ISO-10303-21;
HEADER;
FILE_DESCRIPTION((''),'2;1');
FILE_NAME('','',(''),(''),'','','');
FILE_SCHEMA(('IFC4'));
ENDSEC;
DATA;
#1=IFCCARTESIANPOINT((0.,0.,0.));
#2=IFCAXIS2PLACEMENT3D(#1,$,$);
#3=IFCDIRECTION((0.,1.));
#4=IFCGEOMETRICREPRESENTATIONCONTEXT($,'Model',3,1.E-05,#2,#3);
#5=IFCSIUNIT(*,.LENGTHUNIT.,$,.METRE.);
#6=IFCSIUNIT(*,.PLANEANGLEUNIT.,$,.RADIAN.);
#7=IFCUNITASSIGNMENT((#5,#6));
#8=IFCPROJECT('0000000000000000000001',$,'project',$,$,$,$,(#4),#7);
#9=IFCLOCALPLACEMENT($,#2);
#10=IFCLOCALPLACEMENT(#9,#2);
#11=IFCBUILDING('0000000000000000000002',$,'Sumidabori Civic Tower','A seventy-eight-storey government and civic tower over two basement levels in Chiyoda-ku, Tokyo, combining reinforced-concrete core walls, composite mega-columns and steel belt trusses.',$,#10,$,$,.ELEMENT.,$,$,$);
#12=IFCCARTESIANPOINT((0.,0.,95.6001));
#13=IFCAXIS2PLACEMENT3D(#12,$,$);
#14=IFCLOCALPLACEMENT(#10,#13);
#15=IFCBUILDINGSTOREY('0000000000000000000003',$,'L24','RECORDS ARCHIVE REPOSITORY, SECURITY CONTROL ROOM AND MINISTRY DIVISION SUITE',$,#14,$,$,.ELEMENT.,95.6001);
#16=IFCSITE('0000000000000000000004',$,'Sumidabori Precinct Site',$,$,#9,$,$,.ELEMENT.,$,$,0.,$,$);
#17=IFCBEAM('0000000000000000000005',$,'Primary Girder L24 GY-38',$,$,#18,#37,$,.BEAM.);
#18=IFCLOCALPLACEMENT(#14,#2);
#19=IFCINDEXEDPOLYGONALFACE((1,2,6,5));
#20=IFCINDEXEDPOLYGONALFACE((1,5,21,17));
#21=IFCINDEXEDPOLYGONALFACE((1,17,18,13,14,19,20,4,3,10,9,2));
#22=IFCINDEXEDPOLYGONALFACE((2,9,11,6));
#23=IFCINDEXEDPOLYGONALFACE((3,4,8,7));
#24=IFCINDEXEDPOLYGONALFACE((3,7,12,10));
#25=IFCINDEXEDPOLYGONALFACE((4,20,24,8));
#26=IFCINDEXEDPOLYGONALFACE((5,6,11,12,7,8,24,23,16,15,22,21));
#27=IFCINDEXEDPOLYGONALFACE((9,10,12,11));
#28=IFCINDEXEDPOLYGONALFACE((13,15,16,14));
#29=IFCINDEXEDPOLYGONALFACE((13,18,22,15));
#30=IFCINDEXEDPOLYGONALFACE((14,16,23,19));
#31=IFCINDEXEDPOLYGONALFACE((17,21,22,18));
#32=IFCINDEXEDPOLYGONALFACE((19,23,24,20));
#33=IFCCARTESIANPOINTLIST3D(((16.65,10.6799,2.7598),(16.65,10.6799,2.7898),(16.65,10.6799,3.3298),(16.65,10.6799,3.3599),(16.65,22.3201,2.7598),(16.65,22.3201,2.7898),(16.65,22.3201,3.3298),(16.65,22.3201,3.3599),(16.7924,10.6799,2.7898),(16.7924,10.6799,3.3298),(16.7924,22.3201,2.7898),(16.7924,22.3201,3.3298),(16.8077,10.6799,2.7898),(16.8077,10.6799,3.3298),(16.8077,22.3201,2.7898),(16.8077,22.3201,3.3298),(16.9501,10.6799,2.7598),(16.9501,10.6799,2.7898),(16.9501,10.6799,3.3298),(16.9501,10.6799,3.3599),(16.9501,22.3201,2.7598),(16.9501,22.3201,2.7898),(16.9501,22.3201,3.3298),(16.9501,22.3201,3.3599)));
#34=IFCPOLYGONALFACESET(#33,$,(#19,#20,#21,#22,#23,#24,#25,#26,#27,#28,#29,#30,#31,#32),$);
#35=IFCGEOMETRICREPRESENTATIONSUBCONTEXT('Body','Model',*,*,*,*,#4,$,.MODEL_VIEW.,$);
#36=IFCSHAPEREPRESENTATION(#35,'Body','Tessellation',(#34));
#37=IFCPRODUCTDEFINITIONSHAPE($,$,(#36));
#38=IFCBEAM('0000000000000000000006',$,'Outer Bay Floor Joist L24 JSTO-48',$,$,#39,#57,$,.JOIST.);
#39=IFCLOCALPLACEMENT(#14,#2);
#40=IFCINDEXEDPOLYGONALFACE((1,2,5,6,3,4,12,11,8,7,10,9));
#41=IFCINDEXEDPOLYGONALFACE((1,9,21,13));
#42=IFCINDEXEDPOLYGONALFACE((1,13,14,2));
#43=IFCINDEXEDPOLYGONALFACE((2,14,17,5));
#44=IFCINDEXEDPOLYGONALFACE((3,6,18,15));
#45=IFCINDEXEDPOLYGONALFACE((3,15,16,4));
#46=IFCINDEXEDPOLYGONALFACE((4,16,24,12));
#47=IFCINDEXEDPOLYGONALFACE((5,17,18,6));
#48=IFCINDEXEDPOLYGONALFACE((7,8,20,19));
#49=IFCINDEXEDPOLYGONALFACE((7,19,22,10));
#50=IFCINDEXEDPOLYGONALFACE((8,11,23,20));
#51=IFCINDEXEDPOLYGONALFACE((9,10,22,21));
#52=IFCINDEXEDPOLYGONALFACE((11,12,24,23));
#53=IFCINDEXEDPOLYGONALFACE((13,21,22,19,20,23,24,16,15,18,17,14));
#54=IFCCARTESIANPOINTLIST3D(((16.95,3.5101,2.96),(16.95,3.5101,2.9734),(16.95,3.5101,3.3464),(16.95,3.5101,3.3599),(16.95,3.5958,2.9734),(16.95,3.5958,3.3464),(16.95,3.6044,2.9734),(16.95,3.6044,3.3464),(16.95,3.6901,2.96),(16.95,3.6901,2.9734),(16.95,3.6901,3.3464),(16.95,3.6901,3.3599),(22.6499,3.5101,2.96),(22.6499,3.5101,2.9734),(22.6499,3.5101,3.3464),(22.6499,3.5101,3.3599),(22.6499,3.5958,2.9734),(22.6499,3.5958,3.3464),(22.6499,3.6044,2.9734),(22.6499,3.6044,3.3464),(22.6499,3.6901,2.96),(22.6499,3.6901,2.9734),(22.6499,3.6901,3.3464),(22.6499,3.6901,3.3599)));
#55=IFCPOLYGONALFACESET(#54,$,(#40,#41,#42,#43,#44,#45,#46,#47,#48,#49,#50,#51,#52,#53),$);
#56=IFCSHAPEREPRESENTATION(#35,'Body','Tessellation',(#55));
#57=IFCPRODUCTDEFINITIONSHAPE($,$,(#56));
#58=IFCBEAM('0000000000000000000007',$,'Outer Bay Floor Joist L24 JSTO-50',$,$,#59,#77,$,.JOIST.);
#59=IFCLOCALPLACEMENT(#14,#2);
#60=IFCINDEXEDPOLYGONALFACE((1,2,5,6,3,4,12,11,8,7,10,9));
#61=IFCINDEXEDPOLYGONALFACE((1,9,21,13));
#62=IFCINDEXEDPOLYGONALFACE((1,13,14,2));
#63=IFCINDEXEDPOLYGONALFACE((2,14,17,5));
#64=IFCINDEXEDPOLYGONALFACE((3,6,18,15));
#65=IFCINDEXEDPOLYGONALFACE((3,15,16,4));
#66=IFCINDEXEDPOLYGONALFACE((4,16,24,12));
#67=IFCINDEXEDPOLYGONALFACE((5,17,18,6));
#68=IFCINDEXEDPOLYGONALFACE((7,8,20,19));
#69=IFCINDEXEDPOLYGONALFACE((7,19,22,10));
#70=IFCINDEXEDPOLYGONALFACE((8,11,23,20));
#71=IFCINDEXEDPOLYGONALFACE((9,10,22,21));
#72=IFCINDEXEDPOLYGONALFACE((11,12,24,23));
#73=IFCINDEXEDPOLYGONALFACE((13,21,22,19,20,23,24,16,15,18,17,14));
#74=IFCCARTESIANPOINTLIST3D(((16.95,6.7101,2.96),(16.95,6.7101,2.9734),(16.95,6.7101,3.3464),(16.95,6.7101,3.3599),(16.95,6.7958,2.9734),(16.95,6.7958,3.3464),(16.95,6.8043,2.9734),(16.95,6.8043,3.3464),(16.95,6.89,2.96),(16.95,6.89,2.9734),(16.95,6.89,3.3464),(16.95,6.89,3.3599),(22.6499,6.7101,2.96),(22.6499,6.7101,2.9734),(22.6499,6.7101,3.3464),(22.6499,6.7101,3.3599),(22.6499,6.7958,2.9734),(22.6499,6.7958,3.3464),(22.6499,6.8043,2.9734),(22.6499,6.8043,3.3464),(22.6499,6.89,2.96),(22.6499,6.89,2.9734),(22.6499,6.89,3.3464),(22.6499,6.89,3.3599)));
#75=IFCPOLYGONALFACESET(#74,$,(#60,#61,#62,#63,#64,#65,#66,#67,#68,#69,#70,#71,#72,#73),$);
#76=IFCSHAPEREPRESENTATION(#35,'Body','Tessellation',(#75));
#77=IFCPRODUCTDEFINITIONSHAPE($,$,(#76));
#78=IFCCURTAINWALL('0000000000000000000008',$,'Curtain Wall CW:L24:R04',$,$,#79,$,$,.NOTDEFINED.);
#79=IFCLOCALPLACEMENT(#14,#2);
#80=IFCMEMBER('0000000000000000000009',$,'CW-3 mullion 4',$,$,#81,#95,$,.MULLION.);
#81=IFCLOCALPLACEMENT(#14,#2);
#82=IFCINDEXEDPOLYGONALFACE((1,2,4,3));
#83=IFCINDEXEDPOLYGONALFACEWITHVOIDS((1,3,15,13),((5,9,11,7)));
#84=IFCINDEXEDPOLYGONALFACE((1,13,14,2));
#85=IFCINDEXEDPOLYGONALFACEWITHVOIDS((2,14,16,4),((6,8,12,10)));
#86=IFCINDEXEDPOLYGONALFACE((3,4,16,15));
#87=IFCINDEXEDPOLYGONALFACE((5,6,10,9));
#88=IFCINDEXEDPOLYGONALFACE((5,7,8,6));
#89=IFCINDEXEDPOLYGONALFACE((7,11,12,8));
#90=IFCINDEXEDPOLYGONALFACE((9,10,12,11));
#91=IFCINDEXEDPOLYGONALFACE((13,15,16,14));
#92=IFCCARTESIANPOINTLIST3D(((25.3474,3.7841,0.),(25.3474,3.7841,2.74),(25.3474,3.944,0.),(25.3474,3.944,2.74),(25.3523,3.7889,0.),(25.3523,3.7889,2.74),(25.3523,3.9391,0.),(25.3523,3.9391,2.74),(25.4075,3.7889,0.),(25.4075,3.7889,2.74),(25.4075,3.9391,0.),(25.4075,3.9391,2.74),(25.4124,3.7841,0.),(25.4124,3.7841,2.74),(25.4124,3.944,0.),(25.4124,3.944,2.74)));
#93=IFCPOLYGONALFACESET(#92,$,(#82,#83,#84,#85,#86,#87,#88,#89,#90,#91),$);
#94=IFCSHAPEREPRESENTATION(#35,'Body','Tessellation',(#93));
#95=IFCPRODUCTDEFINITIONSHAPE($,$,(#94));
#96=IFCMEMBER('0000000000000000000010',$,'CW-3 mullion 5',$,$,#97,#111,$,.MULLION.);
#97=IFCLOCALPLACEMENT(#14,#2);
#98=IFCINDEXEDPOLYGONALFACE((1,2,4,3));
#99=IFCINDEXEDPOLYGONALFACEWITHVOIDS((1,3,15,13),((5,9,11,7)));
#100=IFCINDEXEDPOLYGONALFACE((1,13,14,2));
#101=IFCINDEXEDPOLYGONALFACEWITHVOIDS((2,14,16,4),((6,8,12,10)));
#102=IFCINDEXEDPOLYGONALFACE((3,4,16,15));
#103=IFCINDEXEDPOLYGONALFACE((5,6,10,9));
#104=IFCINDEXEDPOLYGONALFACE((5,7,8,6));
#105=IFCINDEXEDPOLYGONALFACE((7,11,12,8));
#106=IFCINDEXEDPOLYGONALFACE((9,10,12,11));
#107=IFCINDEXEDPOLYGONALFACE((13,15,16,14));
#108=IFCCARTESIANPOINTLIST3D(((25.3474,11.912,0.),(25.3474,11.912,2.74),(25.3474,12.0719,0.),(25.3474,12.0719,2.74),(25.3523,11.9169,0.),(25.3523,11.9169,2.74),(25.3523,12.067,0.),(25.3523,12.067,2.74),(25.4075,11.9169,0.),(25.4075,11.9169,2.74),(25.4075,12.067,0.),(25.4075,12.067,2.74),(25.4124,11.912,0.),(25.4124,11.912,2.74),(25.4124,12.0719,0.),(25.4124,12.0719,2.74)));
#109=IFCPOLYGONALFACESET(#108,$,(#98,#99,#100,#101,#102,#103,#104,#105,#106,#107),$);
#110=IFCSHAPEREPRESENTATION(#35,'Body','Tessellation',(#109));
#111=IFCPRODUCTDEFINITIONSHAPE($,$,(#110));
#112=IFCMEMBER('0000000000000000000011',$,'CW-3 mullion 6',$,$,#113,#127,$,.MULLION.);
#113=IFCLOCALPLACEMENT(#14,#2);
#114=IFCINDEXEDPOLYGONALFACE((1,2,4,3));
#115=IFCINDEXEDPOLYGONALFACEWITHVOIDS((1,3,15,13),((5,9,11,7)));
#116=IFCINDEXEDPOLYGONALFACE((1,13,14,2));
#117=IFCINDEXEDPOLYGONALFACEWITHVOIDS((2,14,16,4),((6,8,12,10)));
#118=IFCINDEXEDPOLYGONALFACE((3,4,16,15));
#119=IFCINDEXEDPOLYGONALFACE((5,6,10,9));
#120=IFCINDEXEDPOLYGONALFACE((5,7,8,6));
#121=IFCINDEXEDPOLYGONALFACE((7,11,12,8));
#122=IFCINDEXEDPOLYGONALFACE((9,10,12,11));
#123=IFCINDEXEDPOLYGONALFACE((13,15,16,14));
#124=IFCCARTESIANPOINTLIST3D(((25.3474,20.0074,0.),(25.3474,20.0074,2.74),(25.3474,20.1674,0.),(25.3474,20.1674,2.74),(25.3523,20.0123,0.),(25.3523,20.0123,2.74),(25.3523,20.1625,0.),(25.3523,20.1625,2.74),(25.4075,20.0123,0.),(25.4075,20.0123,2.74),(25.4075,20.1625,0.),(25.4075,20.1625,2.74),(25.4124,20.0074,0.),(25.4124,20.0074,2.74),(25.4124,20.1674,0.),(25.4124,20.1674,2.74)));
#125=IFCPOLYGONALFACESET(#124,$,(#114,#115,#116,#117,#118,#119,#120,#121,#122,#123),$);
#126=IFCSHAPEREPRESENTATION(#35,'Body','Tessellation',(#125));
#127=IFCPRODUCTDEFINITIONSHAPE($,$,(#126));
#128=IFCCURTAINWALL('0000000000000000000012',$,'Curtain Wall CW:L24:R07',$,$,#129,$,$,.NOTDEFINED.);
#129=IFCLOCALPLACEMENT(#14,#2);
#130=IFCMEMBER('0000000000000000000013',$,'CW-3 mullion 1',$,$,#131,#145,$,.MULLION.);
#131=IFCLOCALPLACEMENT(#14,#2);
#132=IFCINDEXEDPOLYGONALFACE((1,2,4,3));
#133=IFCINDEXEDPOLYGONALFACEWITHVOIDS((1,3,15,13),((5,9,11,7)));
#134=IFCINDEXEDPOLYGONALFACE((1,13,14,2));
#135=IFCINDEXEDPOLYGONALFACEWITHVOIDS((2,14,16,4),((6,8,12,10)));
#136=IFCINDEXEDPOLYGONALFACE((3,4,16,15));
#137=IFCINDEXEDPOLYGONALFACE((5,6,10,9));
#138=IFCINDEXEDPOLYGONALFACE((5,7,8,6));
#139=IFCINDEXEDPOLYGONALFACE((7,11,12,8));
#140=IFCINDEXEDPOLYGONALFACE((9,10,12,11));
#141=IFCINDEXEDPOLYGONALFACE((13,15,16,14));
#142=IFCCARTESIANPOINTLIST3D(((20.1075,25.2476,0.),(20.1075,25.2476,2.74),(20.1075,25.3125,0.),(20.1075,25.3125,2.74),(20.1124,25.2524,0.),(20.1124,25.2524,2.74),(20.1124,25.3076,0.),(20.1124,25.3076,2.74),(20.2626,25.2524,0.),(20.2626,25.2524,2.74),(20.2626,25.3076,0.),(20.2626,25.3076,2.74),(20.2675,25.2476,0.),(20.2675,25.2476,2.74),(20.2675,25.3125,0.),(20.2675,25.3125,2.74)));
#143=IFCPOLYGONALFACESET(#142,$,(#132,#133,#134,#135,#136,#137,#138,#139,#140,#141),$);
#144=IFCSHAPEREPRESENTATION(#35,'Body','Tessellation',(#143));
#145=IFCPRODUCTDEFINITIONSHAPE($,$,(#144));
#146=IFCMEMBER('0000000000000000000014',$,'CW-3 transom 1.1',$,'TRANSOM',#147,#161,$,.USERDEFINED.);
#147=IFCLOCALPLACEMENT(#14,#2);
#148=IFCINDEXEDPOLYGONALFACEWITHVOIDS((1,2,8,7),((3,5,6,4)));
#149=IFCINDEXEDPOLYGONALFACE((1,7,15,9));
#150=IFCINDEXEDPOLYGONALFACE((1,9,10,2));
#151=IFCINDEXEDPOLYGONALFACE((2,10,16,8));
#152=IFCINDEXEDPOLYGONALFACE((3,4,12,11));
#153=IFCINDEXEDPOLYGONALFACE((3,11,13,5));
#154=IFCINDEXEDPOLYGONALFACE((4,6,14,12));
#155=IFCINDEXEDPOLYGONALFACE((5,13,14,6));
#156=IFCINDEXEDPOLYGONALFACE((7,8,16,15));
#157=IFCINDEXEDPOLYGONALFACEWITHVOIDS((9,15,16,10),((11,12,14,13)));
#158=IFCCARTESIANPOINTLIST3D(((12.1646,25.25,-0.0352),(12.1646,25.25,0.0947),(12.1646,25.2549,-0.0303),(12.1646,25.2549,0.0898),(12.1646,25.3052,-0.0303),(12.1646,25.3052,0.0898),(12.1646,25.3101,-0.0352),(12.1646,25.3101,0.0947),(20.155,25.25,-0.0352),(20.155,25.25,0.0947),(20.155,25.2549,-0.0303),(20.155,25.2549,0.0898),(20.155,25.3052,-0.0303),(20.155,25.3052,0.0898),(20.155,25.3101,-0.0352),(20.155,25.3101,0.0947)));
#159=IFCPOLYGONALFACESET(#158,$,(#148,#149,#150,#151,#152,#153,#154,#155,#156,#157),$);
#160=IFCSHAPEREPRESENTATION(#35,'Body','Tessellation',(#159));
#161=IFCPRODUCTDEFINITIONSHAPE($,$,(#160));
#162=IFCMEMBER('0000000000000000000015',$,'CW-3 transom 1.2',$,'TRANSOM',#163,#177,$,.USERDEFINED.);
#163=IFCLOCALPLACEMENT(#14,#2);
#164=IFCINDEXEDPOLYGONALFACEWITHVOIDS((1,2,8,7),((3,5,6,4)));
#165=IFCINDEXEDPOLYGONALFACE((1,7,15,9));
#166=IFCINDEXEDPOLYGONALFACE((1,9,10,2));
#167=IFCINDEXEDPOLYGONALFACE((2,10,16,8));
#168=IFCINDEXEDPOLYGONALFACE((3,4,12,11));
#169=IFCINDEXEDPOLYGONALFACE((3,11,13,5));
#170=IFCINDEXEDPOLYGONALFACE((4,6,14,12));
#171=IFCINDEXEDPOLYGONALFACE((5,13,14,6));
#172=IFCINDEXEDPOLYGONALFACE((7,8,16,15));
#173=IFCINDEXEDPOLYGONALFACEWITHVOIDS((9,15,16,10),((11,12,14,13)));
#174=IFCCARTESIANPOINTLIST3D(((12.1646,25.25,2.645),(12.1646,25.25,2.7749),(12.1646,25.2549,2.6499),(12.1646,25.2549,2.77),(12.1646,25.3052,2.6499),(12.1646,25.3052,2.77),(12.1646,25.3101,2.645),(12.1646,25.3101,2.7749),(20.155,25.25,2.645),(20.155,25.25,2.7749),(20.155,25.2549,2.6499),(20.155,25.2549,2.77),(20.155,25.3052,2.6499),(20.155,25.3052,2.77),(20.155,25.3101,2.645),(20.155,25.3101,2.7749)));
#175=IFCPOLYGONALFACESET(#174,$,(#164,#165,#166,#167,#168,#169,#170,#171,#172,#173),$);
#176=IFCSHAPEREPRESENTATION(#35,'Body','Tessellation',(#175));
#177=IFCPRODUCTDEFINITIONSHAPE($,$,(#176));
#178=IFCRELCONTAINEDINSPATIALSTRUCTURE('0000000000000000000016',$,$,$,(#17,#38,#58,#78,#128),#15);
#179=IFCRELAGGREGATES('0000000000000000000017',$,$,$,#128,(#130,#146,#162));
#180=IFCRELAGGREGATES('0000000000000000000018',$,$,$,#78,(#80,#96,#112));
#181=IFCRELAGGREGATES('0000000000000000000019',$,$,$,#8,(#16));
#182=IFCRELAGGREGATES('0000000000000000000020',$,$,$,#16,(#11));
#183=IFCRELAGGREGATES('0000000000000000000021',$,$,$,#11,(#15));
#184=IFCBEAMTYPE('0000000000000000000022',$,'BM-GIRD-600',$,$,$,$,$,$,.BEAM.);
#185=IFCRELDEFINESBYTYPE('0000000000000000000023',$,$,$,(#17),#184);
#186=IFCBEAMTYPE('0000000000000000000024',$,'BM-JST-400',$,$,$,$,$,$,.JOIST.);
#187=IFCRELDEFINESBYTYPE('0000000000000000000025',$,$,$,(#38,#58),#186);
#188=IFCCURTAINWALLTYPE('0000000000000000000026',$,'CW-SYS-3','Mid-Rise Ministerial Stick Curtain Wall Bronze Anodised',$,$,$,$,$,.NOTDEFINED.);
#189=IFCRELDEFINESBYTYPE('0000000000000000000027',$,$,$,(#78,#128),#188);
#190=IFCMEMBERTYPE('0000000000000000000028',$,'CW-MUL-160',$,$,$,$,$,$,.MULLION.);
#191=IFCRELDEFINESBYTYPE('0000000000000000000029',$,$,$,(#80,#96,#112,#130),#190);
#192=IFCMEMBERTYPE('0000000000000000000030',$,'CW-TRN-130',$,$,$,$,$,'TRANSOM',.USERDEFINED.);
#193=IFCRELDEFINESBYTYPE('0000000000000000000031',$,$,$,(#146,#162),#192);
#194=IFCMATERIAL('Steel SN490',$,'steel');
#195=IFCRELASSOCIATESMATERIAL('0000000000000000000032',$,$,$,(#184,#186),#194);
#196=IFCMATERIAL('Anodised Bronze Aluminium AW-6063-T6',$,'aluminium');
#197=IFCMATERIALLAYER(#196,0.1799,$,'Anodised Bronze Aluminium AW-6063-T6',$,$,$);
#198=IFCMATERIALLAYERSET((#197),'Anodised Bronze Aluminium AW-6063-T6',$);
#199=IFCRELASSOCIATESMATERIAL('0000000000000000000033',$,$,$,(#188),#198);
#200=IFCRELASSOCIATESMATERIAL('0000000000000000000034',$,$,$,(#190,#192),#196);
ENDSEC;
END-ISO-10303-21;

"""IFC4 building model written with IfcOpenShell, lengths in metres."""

from ifc_helpers import new_model, si_unit, direction, frame, origin, origin_2d, place, context, subcontext, project, spatial, hollow_rectangle, i_section, extrude, source, transform, mapped, material, layer, layer_set, material_profile, profile_set, type_object, element, aggregate, save


model = new_model("IFC4")

# Units and contexts
model_context = context("Model", 3, precision=1e-05, world=origin(), true_north=direction((0.0, 1.0)))
body_context = subcontext(model_context, "Body", "Model", "MODEL_VIEW")
ifc_project = project(units=[si_unit("LENGTHUNIT", "METRE"), si_unit("PLANEANGLEUNIT", "RADIAN")], contexts=[model_context])

# Site, building, storey
site_placement = place(None, origin())
site = spatial("IfcSite", under=ifc_project, at=site_placement, Name="Sumidabori Precinct Site", CompositionType="ELEMENT", RefElevation=0.0)
building_placement = place(site_placement, origin())
building = spatial("IfcBuilding", under=site, at=building_placement, Name="Sumidabori Civic Tower", Description="A seventy-eight-storey government and civic tower over two basement levels in Chiyoda-ku, Tokyo, combining reinforced-concrete core walls, composite mega-columns and steel belt trusses.", CompositionType="ELEMENT")
storey_placement = place(building_placement, frame((0.0, 0.0, 95.6001)))
storey = spatial("IfcBuildingStorey", under=building, at=storey_placement, Name="L24", Description="RECORDS ARCHIVE REPOSITORY, SECURITY CONTROL ROOM AND MINISTRY DIVISION SUITE", CompositionType="ELEMENT", Elevation=95.6001)

# Beams
ifc_material_1 = material(Name="Steel SN490", Category="steel")
ifc_material_profile_1 = material_profile(ifc_material_1, i_section(OverallWidth=0.3, OverallDepth=0.6001, WebThickness=0.0154, FlangeThickness=0.03, at=origin_2d()), Name="HE 600 B")
ifc_profile_set_1 = profile_set([ifc_material_profile_1], Name="Steel SN490")
beam_type_1 = type_object("IfcBeamType", Name="BM-GIRD-600", PredefinedType="BEAM", material=ifc_profile_set_1)
shared_shape_1 = source(origin(), body_context, "Body", "SweptSolid", [
    extrude(i_section(OverallWidth=0.3, OverallDepth=0.6001, WebThickness=0.0154, FlangeThickness=0.03, at=origin_2d()), origin(), (0.0, 0.0, 1.0), 11.6401),
])
beam_1_placement = place(storey_placement, frame((16.8, 10.6799, 3.0598), z_axis=(0.0, 1.0, 0.0), x_axis=(-1.0, 0.0, 0.0)))
element("IfcBeam", 1, at=beam_1_placement, inside=storey, type_object=beam_type_1, Name="Primary Girder L24 GY-38", PredefinedType="BEAM", context=body_context, shape_type="MappedRepresentation", body=[
    mapped(shared_shape_1, transform((0.0, 0.0, 0.0), x_axis=(1.0, 0.0, 0.0), y_axis=(0.0, 1.0, 0.0), z_axis=(0.0, 0.0, 1.0), scale=1.0)),
])
ifc_material_profile_2 = material_profile(ifc_material_1, i_section(OverallWidth=0.1799, OverallDepth=0.3999, WebThickness=0.0085, FlangeThickness=0.0134, at=origin_2d()), Name="IPE 400")
ifc_profile_set_2 = profile_set([ifc_material_profile_2], Name="Steel SN490")
beam_type_2 = type_object("IfcBeamType", Name="BM-JST-400", PredefinedType="JOIST", material=ifc_profile_set_2)
shared_shape_2 = source(origin(), body_context, "Body", "SweptSolid", [
    extrude(i_section(OverallWidth=0.1799, OverallDepth=0.3999, WebThickness=0.0085, FlangeThickness=0.0134, at=origin_2d()), origin(), (0.0, 0.0, 1.0), 5.7),
])
for number, where, z_axis, x_axis, name in (
    (2, (16.95, 3.6001, 3.1599), (1.0, 0.0, 0.0), (0.0, 1.0, 0.0), "Outer Bay Floor Joist L24 JSTO-48"),
    (3, (16.95, 6.8, 3.1599), (1.0, 0.0, 0.0), (0.0, 1.0, 0.0), "Outer Bay Floor Joist L24 JSTO-50"),
):
    element("IfcBeam", number, at=place(storey_placement, frame(where, z_axis=z_axis, x_axis=x_axis)), inside=storey, type_object=beam_type_2, Name=name, PredefinedType="JOIST", context=body_context, shape_type="MappedRepresentation", body=[
        mapped(shared_shape_2, transform((0.0, 0.0, 0.0), x_axis=(1.0, 0.0, 0.0), y_axis=(0.0, 1.0, 0.0), z_axis=(0.0, 0.0, 1.0), scale=1.0)),
    ])

# Curtain walls, members
ifc_material_2 = material(Name="Anodised Bronze Aluminium AW-6063-T6", Category="aluminium")
ifc_layer_1 = layer(ifc_material_2, 0.1799, Name="Anodised Bronze Aluminium AW-6063-T6")
ifc_layer_set_1 = layer_set([ifc_layer_1], Name="Anodised Bronze Aluminium AW-6063-T6")
curtain_wall_type = type_object("IfcCurtainWallType", Name="CW-SYS-3", Description="Mid-Rise Ministerial Stick Curtain Wall Bronze Anodised", PredefinedType="NOTDEFINED", material=ifc_layer_set_1)
curtain_wall_1_placement = place(storey_placement, origin())
curtain_wall_1 = element("IfcCurtainWall", 4, at=curtain_wall_1_placement, inside=storey, type_object=curtain_wall_type, Name="Curtain Wall CW:L24:R04", PredefinedType="NOTDEFINED")
ifc_material_profile_3 = material_profile(ifc_material_2, hollow_rectangle(XDim=0.0649, YDim=0.1599, WallThickness=0.0049, at=origin_2d()), Name="ALU MULLION 160x65")
ifc_profile_set_3 = profile_set([ifc_material_profile_3], Name="Anodised Bronze Aluminium AW-6063-T6")
member_type_1 = type_object("IfcMemberType", Name="CW-MUL-160", PredefinedType="MULLION", material=ifc_profile_set_3)
shared_shape_3 = source(origin(), body_context, "Body", "SweptSolid", [
    extrude(hollow_rectangle(XDim=0.0649, YDim=0.1599, WallThickness=0.0049, at=origin_2d()), origin(), (0.0, 0.0, 1.0), 2.74),
])
member_1_placement = place(storey_placement, frame((25.3799, 3.864, 0.0), z_axis=(0.0, 0.0, 1.0), x_axis=(-1.0, 0.0, 0.0)))
member_1 = element("IfcMember", 5, at=member_1_placement, type_object=member_type_1, Name="CW-3 mullion 4", PredefinedType="MULLION", context=body_context, shape_type="MappedRepresentation", body=[
    mapped(shared_shape_3, transform((0.0, 0.0, 0.0), x_axis=(1.0, 0.0, 0.0), y_axis=(0.0, 1.0, 0.0), z_axis=(0.0, 0.0, 1.0), scale=1.0)),
])
member_2_placement = place(storey_placement, frame((25.3799, 11.9919, 0.0), z_axis=(0.0, 0.0, 1.0), x_axis=(-1.0, 0.0, 0.0)))
member_2 = element("IfcMember", 6, at=member_2_placement, type_object=member_type_1, Name="CW-3 mullion 5", PredefinedType="MULLION", context=body_context, shape_type="MappedRepresentation", body=[
    mapped(shared_shape_3, transform((0.0, 0.0, 0.0), x_axis=(1.0, 0.0, 0.0), y_axis=(0.0, 1.0, 0.0), z_axis=(0.0, 0.0, 1.0), scale=1.0)),
])
member_3_placement = place(storey_placement, frame((25.3799, 20.0874, 0.0), z_axis=(0.0, 0.0, 1.0), x_axis=(-1.0, 0.0, 0.0)))
member_3 = element("IfcMember", 7, at=member_3_placement, type_object=member_type_1, Name="CW-3 mullion 6", PredefinedType="MULLION", context=body_context, shape_type="MappedRepresentation", body=[
    mapped(shared_shape_3, transform((0.0, 0.0, 0.0), x_axis=(1.0, 0.0, 0.0), y_axis=(0.0, 1.0, 0.0), z_axis=(0.0, 0.0, 1.0), scale=1.0)),
])
curtain_wall_2_placement = place(storey_placement, origin())
curtain_wall_2 = element("IfcCurtainWall", 8, at=curtain_wall_2_placement, inside=storey, type_object=curtain_wall_type, Name="Curtain Wall CW:L24:R07", PredefinedType="NOTDEFINED")
member_4_placement = place(storey_placement, frame((20.1875, 25.28, 0.0), z_axis=(0.0, 0.0, 1.0), x_axis=(0.0, -1.0, 0.0)))
member_4 = element("IfcMember", 9, at=member_4_placement, type_object=member_type_1, Name="CW-3 mullion 1", PredefinedType="MULLION", context=body_context, shape_type="MappedRepresentation", body=[
    mapped(shared_shape_3, transform((0.0, 0.0, 0.0), x_axis=(1.0, 0.0, 0.0), y_axis=(0.0, 1.0, 0.0), z_axis=(0.0, 0.0, 1.0), scale=1.0)),
])
ifc_material_profile_4 = material_profile(ifc_material_2, hollow_rectangle(XDim=0.0601, YDim=0.1299, WallThickness=0.0049, at=origin_2d()), Name="ALU TRANSOM 130x60")
ifc_profile_set_4 = profile_set([ifc_material_profile_4], Name="Anodised Bronze Aluminium AW-6063-T6")
member_type_2 = type_object("IfcMemberType", Name="CW-TRN-130", ElementType="TRANSOM", PredefinedType="USERDEFINED", material=ifc_profile_set_4)
shared_shape_4 = source(origin(), body_context, "Body", "SweptSolid", [
    extrude(hollow_rectangle(XDim=0.0601, YDim=0.1299, WallThickness=0.0049, at=origin_2d()), origin(), (0.0, 0.0, 1.0), 7.9905),
])
member_5_placement = place(storey_placement, frame((20.155, 25.28, 0.0298), z_axis=(-1.0, 0.0, 0.0), x_axis=(0.0, -1.0, 0.0)))
member_5 = element("IfcMember", 10, at=member_5_placement, type_object=member_type_2, Name="CW-3 transom 1.1", ObjectType="TRANSOM", PredefinedType="USERDEFINED", context=body_context, shape_type="MappedRepresentation", body=[
    mapped(shared_shape_4, transform((0.0, 0.0, 0.0), x_axis=(1.0, 0.0, 0.0), y_axis=(0.0, 1.0, 0.0), z_axis=(0.0, 0.0, 1.0), scale=1.0)),
])
member_6_placement = place(storey_placement, frame((20.155, 25.28, 2.71), z_axis=(-1.0, 0.0, 0.0), x_axis=(0.0, -1.0, 0.0)))
member_6 = element("IfcMember", 11, at=member_6_placement, type_object=member_type_2, Name="CW-3 transom 1.2", ObjectType="TRANSOM", PredefinedType="USERDEFINED", context=body_context, shape_type="MappedRepresentation", body=[
    mapped(shared_shape_4, transform((0.0, 0.0, 0.0), x_axis=(1.0, 0.0, 0.0), y_axis=(0.0, 1.0, 0.0), z_axis=(0.0, 0.0, 1.0), scale=1.0)),
])

aggregate(curtain_wall_2, [member_4, member_5, member_6])
aggregate(curtain_wall_1, [member_1, member_2, member_3])

save(model, "model.ifc")
